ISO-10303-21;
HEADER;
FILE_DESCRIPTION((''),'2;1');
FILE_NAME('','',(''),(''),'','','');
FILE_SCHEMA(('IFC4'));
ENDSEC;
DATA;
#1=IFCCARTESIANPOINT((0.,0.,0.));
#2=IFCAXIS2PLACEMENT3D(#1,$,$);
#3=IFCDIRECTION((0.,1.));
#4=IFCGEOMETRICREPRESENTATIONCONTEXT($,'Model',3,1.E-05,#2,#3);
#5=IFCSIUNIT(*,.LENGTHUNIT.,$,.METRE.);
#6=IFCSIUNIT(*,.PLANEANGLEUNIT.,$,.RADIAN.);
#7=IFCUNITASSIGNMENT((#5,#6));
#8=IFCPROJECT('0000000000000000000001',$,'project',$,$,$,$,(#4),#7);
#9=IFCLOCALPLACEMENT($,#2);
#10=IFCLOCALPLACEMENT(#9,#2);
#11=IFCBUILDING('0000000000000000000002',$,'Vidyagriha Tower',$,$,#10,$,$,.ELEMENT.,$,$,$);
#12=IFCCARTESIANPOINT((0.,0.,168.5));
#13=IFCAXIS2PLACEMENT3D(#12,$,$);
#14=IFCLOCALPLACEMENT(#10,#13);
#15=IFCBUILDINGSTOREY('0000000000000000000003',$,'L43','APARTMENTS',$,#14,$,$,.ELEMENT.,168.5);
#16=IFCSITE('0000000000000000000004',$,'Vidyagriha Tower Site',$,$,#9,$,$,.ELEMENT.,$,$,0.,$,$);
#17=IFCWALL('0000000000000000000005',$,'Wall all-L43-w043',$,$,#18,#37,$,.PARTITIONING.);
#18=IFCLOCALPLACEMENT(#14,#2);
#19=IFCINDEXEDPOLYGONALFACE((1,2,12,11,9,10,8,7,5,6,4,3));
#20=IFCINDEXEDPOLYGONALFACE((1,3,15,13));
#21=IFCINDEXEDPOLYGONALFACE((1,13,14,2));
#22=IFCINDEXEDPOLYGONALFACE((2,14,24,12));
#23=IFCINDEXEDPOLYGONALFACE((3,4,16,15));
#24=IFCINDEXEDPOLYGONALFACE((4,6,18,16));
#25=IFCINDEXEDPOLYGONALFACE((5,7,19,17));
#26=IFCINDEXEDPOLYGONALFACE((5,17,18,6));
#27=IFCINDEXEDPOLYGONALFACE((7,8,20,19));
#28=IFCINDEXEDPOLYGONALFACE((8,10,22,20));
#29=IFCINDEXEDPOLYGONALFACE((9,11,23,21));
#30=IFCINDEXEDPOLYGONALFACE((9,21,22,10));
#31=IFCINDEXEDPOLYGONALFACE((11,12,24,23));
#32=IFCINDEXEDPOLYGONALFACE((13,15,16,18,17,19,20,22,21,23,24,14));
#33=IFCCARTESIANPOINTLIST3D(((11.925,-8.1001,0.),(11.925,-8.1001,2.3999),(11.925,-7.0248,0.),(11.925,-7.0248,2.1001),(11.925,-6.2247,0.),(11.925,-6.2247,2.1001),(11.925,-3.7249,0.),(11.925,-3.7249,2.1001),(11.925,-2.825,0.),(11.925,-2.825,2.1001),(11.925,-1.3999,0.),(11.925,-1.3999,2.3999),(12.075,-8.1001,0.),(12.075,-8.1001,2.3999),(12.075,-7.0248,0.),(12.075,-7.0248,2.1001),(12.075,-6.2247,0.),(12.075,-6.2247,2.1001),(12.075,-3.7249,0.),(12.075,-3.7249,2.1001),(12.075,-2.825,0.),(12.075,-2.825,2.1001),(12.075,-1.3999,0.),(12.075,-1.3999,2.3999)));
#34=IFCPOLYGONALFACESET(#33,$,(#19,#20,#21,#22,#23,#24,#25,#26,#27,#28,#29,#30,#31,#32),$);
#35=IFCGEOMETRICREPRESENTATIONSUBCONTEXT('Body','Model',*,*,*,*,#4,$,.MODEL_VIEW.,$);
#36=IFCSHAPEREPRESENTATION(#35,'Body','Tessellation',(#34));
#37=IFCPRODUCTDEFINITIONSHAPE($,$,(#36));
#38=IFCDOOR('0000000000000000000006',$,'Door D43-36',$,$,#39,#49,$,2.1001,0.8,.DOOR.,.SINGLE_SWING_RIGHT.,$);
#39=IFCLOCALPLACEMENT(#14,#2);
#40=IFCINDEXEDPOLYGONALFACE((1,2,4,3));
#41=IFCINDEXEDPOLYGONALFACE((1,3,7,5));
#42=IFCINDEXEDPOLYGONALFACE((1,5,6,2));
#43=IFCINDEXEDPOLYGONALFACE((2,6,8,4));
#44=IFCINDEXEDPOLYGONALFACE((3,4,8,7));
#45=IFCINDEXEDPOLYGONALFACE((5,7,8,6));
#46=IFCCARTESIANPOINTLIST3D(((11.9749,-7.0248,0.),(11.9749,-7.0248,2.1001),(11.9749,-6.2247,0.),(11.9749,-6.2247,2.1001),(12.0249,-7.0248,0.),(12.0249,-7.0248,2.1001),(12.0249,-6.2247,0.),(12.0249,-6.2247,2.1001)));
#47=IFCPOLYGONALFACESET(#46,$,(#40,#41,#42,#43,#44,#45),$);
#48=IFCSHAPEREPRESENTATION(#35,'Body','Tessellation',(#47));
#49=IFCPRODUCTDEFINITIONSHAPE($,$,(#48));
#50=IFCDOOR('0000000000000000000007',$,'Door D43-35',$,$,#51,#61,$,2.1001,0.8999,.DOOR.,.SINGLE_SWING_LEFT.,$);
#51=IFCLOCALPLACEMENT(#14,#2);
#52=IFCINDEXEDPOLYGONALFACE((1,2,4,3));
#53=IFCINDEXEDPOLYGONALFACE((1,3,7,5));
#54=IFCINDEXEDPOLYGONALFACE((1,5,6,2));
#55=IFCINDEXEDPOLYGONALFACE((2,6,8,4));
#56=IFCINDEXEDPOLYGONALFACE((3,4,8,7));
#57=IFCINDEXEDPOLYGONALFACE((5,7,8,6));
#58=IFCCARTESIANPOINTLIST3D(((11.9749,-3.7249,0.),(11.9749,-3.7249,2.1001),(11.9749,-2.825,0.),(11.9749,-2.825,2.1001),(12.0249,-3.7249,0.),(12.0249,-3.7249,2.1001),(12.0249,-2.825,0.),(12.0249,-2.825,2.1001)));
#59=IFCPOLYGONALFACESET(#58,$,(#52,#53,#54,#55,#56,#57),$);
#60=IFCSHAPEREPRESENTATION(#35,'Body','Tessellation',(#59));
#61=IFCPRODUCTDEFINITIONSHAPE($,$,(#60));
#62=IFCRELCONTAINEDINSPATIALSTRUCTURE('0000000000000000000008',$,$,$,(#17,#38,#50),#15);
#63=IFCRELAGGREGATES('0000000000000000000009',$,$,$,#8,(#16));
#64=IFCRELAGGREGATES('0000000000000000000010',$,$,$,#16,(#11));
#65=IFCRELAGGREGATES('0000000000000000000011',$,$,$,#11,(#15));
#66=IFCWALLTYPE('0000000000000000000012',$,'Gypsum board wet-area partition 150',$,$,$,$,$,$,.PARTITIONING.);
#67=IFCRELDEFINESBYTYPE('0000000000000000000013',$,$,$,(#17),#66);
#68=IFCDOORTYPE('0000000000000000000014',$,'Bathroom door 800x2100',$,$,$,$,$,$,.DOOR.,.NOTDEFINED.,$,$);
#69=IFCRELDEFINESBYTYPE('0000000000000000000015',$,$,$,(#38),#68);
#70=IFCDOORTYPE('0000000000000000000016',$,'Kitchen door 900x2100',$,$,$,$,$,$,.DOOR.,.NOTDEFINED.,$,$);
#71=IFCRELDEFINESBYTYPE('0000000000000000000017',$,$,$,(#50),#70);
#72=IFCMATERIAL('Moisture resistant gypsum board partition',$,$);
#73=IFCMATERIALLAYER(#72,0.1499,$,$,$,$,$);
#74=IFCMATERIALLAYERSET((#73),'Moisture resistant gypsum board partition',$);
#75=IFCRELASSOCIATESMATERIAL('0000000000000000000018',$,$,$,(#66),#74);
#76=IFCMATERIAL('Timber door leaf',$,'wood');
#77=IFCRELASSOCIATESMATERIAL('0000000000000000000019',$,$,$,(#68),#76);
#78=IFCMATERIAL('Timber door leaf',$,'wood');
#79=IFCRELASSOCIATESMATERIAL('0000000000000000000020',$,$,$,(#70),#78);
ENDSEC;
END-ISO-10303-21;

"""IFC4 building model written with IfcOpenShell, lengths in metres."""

from ifc_helpers import new_model, si_unit, direction, frame, frame_2d, origin, place, context, subcontext, project, spatial, rectangle, extrude, material, layer, layer_set, type_object, element, fill, save


model = new_model("IFC4")

# Units and contexts
model_context = context("Model", 3, precision=1e-05, world=origin(), true_north=direction((0.0, 1.0)))
body_context = subcontext(model_context, "Body", "Model", "MODEL_VIEW")
ifc_project = project(units=[si_unit("LENGTHUNIT", "METRE"), si_unit("PLANEANGLEUNIT", "RADIAN")], contexts=[model_context])

# Site, building, storey
site_placement = place(None, origin())
site = spatial("IfcSite", under=ifc_project, at=site_placement, Name="Vidyagriha Tower Site", CompositionType="ELEMENT", RefElevation=0.0)
building_placement = place(site_placement, origin())
building = spatial("IfcBuilding", under=site, at=building_placement, Name="Vidyagriha Tower", CompositionType="ELEMENT")
storey_placement = place(building_placement, frame((0.0, 0.0, 168.5)))
storey = spatial("IfcBuildingStorey", under=building, at=storey_placement, Name="L43", Description="APARTMENTS", CompositionType="ELEMENT", Elevation=168.5)

# Wall, openings, doors
ifc_material_1 = material(Name="Moisture resistant gypsum board partition")
ifc_layer_1 = layer(ifc_material_1, 0.1499)
ifc_layer_set_1 = layer_set([ifc_layer_1], Name="Moisture resistant gypsum board partition")
wall_type_1 = type_object("IfcWallType", Name="Gypsum board wet-area partition 150", PredefinedType="PARTITIONING", material=ifc_layer_set_1)
wall_1_placement = place(storey_placement, frame((12.0, -1.3999, 0.0), z_axis=(0.0, 0.0, 1.0), x_axis=(0.0, -1.0, 0.0)))
wall_1 = element("IfcWall", 1, at=wall_1_placement, inside=storey, type_object=wall_type_1, Name="Wall all-L43-w043", PredefinedType="PARTITIONING", context=body_context, shape_type="SweptSolid", body=[
    extrude(rectangle(XDim=6.7002, YDim=0.1499, at=frame_2d((3.3501, 0.0))), origin(), (0.0, 0.0, 1.0), 2.3999),
])
opening_1_placement = place(wall_1_placement, frame((1.425, 0.0, 0.0)))
opening_1 = element("IfcOpeningElement", 2, at=opening_1_placement, cuts=wall_1, PredefinedType="OPENING", context=body_context, shape_type="SweptSolid", body=[
    extrude(rectangle(XDim=0.8999, YDim=2.1001, at=frame_2d((0.45, 1.05))), frame((0.0, 0.085, 0.0), z_axis=(0.0, -1.0, 0.0), x_axis=(1.0, 0.0, 0.0)), (0.0, 0.0, 1.0), 0.1699),
])
opening_2_placement = place(wall_1_placement, frame((4.825, 0.0, 0.0)))
opening_2 = element("IfcOpeningElement", 3, at=opening_2_placement, cuts=wall_1, PredefinedType="OPENING", context=body_context, shape_type="SweptSolid", body=[
    extrude(rectangle(XDim=0.8, YDim=2.1001, at=frame_2d((0.3999, 1.05))), frame((0.0, 0.085, 0.0), z_axis=(0.0, -1.0, 0.0), x_axis=(1.0, 0.0, 0.0)), (0.0, 0.0, 1.0), 0.1699),
])
ifc_material_2 = material(Name="Timber door leaf", Category="wood")
door_type_1 = type_object("IfcDoorType", Name="Bathroom door 800x2100", OperationType="NOTDEFINED", PredefinedType="DOOR", material=ifc_material_2)
door_1_placement = place(opening_2_placement, origin())
door_1 = element("IfcDoor", 4, at=door_1_placement, inside=storey, type_object=door_type_1, Name="Door D43-36", OperationType="SINGLE_SWING_RIGHT", OverallHeight=2.1001, OverallWidth=0.8, PredefinedType="DOOR", context=body_context, shape_type="SweptSolid", body=[
    extrude(rectangle(XDim=0.8, YDim=2.1001, at=frame_2d((0.3999, 1.05))), frame((0.0, 0.0249, 0.0), z_axis=(0.0, -1.0, 0.0), x_axis=(1.0, 0.0, 0.0)), (0.0, 0.0, 1.0), 0.05),
])
fill(opening_2, door_1)
ifc_material_3 = material(Name="Timber door leaf", Category="wood")
door_type_2 = type_object("IfcDoorType", Name="Kitchen door 900x2100", OperationType="NOTDEFINED", PredefinedType="DOOR", material=ifc_material_3)
door_2_placement = place(opening_1_placement, origin())
door_2 = element("IfcDoor", 5, at=door_2_placement, inside=storey, type_object=door_type_2, Name="Door D43-35", OperationType="SINGLE_SWING_LEFT", OverallHeight=2.1001, OverallWidth=0.8999, PredefinedType="DOOR", context=body_context, shape_type="SweptSolid", body=[
    extrude(rectangle(XDim=0.8999, YDim=2.1001, at=frame_2d((0.45, 1.05))), frame((0.0, 0.0249, 0.0), z_axis=(0.0, -1.0, 0.0), x_axis=(1.0, 0.0, 0.0)), (0.0, 0.0, 1.0), 0.05),
])
fill(opening_1, door_2)

save(model, "model.ifc")
